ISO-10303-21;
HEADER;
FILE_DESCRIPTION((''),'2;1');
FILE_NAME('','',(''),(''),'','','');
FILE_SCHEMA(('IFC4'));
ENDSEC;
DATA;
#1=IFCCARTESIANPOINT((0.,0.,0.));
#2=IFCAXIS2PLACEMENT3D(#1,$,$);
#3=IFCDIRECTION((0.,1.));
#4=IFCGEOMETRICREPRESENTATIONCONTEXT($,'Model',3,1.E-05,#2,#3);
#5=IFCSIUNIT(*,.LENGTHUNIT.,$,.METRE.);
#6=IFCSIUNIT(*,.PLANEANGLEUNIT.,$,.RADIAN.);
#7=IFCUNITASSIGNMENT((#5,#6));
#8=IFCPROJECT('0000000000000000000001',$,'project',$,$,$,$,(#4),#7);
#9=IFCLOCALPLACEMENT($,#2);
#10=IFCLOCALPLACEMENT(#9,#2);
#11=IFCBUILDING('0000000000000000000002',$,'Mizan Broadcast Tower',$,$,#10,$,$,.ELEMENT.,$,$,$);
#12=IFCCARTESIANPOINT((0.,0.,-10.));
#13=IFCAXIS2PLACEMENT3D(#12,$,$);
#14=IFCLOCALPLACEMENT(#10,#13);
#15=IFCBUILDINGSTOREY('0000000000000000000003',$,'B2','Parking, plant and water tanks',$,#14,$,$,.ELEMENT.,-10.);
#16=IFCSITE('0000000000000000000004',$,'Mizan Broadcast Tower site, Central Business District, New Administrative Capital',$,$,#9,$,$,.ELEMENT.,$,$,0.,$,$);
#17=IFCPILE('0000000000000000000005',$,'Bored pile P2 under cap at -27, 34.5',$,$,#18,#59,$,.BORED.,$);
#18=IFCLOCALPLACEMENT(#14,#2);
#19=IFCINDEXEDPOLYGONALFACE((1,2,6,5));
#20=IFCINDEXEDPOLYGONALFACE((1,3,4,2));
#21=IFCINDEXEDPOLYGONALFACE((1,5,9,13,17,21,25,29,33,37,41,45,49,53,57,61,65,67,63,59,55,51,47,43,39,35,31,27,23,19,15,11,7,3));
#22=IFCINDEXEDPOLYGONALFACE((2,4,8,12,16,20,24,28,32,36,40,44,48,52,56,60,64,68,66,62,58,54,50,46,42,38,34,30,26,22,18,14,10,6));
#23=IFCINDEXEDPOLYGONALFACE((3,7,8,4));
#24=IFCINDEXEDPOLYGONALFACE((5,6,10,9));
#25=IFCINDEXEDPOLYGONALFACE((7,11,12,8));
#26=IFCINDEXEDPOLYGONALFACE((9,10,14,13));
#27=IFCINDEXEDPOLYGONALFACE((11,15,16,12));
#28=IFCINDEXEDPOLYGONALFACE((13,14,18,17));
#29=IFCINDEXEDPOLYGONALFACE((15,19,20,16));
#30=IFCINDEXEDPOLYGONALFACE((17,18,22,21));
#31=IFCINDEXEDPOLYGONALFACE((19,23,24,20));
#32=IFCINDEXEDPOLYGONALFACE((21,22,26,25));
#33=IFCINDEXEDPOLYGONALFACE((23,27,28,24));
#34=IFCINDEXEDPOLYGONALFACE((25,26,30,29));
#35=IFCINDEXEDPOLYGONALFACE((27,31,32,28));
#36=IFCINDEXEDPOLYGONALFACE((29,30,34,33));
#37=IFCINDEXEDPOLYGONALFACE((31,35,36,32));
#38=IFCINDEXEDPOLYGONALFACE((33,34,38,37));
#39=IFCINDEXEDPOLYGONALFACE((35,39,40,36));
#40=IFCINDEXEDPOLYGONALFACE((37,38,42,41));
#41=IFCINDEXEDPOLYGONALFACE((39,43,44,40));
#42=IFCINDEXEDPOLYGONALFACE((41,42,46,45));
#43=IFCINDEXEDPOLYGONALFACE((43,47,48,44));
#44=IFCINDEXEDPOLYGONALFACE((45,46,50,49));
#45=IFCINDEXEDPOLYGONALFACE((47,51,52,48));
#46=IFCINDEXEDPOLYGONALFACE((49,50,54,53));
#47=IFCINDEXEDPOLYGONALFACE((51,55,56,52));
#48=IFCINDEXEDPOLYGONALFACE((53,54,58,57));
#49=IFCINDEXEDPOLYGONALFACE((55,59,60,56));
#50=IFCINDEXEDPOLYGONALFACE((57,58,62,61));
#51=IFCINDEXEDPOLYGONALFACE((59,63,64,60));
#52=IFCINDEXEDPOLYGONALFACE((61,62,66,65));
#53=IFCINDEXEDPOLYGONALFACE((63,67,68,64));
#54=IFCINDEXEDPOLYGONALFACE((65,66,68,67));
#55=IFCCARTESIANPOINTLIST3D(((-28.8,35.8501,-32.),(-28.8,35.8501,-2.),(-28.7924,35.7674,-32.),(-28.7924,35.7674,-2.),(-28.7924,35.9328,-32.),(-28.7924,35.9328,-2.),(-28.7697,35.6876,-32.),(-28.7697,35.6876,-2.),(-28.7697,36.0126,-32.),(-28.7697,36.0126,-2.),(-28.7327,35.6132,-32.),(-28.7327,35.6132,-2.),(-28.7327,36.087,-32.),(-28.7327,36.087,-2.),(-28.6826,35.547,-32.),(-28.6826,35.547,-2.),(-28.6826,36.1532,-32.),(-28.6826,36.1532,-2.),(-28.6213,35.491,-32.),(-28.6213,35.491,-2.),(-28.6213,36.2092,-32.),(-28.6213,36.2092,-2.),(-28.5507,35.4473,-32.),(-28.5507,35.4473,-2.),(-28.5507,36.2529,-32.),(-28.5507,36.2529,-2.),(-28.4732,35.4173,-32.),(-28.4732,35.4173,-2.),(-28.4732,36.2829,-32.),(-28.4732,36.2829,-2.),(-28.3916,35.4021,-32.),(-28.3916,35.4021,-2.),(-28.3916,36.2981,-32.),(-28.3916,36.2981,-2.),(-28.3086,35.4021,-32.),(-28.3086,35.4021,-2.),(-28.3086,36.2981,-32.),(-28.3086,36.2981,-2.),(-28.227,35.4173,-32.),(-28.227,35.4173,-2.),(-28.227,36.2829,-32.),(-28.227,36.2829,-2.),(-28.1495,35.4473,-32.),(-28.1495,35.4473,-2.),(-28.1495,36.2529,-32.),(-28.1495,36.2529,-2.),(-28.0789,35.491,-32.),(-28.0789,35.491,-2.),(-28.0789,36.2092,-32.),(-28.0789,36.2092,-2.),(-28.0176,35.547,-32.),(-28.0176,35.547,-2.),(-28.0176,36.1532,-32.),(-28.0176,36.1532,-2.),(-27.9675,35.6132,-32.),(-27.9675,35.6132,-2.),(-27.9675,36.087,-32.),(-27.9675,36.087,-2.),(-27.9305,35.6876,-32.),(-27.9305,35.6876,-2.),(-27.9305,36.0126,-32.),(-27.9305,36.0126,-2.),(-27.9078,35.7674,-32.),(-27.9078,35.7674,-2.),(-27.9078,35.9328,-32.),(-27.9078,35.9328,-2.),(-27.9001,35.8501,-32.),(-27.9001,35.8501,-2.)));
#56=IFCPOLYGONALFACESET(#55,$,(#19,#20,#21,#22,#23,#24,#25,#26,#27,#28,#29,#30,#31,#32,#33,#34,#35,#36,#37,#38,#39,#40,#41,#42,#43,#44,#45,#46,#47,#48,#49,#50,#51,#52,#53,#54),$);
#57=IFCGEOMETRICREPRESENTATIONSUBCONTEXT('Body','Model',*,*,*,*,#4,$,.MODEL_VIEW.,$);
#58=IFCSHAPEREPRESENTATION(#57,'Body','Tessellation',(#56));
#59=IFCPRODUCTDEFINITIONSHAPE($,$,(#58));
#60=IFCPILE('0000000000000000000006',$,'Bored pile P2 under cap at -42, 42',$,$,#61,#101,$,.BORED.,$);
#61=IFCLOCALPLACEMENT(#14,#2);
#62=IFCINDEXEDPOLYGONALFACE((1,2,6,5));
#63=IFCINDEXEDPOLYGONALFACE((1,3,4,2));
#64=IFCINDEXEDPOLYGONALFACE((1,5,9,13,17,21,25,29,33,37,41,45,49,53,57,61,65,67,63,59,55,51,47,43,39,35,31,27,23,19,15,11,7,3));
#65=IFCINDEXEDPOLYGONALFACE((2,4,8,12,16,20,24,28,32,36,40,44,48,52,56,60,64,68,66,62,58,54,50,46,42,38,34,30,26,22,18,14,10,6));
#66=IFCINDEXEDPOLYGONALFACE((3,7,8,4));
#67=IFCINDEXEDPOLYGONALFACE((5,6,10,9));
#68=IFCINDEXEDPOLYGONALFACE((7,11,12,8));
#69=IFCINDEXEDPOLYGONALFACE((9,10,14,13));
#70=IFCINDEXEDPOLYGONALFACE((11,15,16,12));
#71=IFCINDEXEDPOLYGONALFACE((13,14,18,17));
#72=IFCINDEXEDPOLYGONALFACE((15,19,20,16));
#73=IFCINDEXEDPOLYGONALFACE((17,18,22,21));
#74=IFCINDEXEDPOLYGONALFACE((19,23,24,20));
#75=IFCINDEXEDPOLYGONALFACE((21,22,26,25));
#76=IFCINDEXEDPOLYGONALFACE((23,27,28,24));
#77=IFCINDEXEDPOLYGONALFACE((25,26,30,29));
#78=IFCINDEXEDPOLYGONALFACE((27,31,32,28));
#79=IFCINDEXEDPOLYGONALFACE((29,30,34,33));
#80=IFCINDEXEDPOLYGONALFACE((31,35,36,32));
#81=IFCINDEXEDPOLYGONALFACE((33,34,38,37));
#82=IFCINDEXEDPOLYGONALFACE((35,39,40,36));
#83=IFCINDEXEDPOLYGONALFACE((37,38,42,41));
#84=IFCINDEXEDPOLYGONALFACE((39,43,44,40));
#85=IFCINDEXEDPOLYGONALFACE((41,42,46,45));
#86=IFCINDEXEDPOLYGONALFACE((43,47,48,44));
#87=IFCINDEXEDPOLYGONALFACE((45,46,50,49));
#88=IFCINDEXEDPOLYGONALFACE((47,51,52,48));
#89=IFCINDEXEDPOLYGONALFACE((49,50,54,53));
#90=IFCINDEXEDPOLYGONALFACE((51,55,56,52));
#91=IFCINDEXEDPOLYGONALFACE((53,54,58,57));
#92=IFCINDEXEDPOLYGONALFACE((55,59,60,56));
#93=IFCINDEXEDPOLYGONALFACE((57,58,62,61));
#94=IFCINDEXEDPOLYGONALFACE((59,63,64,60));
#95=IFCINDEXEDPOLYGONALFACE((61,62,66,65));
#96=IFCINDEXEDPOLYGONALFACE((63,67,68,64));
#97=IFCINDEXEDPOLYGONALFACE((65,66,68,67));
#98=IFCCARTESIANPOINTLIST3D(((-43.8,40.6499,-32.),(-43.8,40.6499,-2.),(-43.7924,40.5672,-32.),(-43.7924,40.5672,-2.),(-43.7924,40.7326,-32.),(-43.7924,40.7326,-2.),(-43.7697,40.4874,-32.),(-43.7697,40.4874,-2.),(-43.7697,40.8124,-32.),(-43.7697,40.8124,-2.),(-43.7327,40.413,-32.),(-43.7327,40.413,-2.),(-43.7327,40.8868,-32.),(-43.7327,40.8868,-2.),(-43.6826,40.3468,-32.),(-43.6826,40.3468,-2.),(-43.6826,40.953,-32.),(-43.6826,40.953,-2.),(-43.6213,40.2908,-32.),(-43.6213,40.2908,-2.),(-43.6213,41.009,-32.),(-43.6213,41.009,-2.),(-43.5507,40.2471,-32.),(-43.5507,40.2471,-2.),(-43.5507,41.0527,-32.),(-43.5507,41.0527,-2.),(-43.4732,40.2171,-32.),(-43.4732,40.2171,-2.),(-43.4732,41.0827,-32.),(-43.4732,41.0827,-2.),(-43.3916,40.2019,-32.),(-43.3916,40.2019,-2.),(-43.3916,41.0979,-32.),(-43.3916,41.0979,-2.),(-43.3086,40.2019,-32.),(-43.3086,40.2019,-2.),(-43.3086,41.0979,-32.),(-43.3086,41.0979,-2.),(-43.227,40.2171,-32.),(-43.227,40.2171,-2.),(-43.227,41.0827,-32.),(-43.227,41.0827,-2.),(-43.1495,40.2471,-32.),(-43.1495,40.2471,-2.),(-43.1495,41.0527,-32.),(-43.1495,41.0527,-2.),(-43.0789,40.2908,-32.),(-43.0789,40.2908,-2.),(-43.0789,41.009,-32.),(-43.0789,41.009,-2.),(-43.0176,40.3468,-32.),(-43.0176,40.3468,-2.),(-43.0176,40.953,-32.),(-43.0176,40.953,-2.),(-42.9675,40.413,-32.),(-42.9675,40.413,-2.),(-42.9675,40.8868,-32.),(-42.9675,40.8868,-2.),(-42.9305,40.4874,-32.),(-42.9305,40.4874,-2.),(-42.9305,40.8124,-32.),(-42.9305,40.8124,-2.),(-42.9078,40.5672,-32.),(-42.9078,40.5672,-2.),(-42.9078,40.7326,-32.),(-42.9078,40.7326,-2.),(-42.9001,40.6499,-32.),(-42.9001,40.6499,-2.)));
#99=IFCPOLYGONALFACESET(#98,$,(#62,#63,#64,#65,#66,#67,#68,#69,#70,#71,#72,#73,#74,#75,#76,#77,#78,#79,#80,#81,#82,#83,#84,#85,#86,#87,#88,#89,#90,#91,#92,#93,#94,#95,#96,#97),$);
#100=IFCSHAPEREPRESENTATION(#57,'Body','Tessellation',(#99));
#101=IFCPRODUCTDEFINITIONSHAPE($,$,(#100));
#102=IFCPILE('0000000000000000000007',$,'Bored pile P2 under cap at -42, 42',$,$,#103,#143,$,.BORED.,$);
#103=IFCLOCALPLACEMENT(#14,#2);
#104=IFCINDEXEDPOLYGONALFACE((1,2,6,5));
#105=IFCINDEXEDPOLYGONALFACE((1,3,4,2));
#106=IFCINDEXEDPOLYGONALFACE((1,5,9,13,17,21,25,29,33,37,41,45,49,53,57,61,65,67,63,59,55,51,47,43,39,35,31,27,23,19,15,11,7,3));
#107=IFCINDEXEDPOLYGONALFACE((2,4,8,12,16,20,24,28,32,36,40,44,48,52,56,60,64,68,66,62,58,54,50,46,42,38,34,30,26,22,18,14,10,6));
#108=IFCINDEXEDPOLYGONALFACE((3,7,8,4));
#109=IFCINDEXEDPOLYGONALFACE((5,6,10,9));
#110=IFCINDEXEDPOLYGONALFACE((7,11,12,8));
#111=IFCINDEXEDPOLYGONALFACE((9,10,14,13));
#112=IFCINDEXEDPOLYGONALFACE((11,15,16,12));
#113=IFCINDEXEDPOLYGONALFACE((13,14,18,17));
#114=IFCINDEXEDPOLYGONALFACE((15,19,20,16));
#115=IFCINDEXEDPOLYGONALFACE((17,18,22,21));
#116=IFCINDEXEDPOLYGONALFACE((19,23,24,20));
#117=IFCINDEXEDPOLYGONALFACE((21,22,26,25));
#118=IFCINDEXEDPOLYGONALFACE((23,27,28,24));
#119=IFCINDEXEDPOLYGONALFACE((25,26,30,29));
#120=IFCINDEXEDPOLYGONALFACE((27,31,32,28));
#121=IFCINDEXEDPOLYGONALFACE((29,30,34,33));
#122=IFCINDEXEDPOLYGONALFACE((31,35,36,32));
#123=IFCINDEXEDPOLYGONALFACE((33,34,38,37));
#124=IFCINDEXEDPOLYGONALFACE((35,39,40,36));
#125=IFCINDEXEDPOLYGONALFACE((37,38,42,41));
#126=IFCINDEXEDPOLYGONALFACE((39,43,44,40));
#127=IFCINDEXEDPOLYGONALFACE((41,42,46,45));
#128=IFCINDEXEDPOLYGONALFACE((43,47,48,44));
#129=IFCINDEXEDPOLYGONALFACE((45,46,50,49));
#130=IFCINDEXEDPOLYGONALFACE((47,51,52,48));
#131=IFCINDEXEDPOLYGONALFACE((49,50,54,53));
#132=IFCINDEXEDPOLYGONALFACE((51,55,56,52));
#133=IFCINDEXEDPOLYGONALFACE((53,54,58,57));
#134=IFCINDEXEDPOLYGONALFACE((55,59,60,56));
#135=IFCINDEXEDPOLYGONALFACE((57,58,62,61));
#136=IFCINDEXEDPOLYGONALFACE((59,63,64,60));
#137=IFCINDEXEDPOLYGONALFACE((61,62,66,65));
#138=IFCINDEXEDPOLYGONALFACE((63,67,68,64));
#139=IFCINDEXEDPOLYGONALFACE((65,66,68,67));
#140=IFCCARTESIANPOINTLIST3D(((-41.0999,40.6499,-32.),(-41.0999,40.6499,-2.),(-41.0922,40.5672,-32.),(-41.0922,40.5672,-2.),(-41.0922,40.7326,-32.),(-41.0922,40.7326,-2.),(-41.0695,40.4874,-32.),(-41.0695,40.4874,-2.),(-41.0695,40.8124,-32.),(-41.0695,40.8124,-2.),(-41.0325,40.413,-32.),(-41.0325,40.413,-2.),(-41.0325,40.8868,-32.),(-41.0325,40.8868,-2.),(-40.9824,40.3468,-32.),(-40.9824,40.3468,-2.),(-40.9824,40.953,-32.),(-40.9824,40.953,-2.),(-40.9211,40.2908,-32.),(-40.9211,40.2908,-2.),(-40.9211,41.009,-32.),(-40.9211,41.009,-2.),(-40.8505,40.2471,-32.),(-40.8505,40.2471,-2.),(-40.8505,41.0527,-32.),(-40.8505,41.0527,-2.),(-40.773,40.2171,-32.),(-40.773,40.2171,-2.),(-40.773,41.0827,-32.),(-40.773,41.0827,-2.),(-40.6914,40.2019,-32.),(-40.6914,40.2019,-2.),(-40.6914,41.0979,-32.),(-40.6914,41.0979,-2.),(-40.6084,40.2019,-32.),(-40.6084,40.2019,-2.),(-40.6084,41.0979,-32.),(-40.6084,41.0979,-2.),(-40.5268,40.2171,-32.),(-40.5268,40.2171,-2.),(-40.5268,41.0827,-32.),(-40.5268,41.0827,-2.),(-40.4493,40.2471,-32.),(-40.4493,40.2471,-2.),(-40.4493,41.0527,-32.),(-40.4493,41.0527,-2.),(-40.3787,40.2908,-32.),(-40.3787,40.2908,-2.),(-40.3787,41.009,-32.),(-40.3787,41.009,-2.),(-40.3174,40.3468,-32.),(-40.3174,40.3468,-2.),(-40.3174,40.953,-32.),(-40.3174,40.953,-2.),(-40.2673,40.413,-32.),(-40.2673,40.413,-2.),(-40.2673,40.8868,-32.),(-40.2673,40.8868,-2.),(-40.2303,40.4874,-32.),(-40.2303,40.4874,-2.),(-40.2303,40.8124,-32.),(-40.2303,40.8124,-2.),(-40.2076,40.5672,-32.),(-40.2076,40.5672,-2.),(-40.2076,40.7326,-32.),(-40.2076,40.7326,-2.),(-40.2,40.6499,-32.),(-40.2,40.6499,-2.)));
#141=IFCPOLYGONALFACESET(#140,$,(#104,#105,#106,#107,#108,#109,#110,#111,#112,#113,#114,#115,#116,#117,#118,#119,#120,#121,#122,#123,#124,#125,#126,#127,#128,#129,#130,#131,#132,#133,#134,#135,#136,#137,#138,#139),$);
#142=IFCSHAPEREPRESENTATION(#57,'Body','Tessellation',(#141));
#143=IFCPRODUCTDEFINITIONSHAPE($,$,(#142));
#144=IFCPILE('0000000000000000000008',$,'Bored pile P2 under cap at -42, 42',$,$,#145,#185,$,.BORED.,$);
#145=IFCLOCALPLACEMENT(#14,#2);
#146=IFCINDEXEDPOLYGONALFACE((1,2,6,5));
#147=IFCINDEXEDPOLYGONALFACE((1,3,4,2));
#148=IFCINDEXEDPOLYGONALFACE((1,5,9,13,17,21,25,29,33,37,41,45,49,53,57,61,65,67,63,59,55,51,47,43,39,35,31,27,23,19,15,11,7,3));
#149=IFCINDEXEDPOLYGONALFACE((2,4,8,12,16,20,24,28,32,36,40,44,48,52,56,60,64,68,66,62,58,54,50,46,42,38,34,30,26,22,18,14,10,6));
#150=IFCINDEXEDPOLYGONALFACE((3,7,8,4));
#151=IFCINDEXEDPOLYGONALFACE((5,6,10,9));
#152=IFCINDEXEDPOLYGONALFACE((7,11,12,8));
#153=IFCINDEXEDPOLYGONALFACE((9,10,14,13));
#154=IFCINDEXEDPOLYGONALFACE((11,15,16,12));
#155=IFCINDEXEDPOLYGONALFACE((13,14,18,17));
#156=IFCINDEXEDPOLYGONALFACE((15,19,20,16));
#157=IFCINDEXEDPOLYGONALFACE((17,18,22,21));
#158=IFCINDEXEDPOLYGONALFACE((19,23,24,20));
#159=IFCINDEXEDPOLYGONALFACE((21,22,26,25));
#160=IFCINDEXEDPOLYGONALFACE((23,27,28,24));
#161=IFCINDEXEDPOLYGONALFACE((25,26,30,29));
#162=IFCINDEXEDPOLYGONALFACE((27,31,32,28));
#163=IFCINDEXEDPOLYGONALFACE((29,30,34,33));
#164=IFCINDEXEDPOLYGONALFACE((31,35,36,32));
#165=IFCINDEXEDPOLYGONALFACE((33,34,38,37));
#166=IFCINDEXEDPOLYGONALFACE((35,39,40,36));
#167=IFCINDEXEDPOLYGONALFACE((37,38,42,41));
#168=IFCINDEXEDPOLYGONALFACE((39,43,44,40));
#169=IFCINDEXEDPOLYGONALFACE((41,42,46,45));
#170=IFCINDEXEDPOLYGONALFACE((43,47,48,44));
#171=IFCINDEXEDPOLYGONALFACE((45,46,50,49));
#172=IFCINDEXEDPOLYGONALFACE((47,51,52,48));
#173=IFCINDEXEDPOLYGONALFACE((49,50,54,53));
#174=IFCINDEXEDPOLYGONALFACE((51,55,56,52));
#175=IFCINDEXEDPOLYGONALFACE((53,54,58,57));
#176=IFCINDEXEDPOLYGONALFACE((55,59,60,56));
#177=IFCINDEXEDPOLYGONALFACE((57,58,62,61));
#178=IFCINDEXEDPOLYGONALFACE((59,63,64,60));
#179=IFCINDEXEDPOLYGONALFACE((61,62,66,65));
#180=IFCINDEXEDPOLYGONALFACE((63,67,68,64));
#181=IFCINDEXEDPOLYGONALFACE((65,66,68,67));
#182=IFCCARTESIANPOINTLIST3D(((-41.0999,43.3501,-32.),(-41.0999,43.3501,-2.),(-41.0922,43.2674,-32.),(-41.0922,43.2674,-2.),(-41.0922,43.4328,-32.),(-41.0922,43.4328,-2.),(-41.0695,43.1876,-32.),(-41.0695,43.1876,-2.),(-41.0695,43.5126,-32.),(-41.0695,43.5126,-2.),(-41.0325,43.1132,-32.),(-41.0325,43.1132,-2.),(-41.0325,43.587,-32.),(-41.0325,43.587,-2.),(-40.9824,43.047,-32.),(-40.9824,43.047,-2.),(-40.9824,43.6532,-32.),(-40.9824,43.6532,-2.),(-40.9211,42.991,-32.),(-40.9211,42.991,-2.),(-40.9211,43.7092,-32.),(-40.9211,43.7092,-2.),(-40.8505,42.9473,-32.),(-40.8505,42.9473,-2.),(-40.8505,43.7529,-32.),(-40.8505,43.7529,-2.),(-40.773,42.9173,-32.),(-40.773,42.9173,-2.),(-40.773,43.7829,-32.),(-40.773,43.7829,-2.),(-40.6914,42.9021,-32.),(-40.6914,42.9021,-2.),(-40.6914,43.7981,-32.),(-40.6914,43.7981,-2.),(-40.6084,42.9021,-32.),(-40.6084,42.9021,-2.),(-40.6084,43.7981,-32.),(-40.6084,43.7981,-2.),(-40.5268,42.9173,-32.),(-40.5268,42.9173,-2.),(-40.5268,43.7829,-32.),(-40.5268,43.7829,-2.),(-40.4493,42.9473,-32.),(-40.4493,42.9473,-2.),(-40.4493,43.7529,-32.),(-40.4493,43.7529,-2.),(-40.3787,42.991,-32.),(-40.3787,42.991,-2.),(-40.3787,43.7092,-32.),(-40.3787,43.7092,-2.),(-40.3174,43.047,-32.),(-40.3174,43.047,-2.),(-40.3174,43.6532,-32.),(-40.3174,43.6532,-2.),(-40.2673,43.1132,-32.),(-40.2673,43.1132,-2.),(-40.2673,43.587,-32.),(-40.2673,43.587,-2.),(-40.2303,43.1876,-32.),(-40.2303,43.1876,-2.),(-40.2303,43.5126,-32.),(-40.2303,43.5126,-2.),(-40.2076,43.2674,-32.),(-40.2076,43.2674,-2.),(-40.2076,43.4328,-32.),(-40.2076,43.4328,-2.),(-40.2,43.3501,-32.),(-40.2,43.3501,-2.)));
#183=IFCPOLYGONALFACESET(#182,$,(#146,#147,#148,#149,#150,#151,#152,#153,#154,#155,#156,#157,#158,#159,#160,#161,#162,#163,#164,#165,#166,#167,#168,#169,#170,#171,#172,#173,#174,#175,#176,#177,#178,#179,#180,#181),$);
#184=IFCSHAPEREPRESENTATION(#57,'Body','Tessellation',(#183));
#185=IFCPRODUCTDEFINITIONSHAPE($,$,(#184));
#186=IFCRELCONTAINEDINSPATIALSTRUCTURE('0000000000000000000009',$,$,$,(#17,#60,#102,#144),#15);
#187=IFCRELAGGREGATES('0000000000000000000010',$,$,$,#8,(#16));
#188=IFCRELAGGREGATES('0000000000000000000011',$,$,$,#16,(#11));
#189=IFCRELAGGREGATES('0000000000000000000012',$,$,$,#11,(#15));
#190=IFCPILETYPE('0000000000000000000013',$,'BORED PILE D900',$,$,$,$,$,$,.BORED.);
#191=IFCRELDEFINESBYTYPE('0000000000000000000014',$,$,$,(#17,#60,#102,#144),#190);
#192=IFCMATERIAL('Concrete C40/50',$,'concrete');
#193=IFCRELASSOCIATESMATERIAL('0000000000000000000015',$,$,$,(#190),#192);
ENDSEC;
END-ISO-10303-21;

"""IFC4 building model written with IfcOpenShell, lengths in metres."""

from ifc_helpers import new_model, si_unit, direction, frame, origin, origin_2d, place, context, subcontext, project, spatial, circle, extrude, material, material_profile, profile_set, type_object, element, save


model = new_model("IFC4")

# Units and contexts
model_context = context("Model", 3, precision=1e-05, world=origin(), true_north=direction((0.0, 1.0)))
body_context = subcontext(model_context, "Body", "Model", "MODEL_VIEW")
ifc_project = project(units=[si_unit("LENGTHUNIT", "METRE"), si_unit("PLANEANGLEUNIT", "RADIAN")], contexts=[model_context])

# Site, building, storey
site_placement = place(None, origin())
site = spatial("IfcSite", under=ifc_project, at=site_placement, Name="Mizan Broadcast Tower site, Central Business District, New Administrative Capital", CompositionType="ELEMENT", RefElevation=0.0)
building_placement = place(site_placement, origin())
building = spatial("IfcBuilding", under=site, at=building_placement, Name="Mizan Broadcast Tower", CompositionType="ELEMENT")
storey_placement = place(building_placement, frame((0.0, 0.0, -10.0)))
storey = spatial("IfcBuildingStorey", under=building, at=storey_placement, Name="B2", Description="Parking, plant and water tanks", CompositionType="ELEMENT", Elevation=-10.0)

# Piles
ifc_material_1 = material(Name="Concrete C40/50", Category="concrete")
ifc_material_profile_1 = material_profile(ifc_material_1, circle(Radius=0.45, at=origin_2d()), Name="D900")
ifc_profile_set_1 = profile_set([ifc_material_profile_1], Name="Concrete C40/50")
pile_type = type_object("IfcPileType", Name="BORED PILE D900", PredefinedType="BORED", material=ifc_profile_set_1)
for number, where, z_axis, x_axis, name in (
    (1, (-28.3501, 35.8501, -2.0), (0.0, 0.0, -1.0), (1.0, 0.0, 0.0), "Bored pile P2 under cap at -27, 34.5"),
    (2, (-43.3501, 40.6499, -2.0), (0.0, 0.0, -1.0), (1.0, 0.0, 0.0), "Bored pile P2 under cap at -42, 42"),
    (3, (-40.6499, 40.6499, -2.0), (0.0, 0.0, -1.0), (1.0, 0.0, 0.0), "Bored pile P2 under cap at -42, 42"),
    (4, (-40.6499, 43.3501, -2.0), (0.0, 0.0, -1.0), (1.0, 0.0, 0.0), "Bored pile P2 under cap at -42, 42"),
):
    element("IfcPile", number, at=place(storey_placement, frame(where, z_axis=z_axis, x_axis=x_axis)), inside=storey, type_object=pile_type, Name=name, PredefinedType="BORED", context=body_context, shape_type="SweptSolid", body=[
        extrude(circle(Radius=0.45, at=origin_2d()), origin(), (0.0, 0.0, 1.0), 30.0),
    ])

save(model, "model.ifc")
